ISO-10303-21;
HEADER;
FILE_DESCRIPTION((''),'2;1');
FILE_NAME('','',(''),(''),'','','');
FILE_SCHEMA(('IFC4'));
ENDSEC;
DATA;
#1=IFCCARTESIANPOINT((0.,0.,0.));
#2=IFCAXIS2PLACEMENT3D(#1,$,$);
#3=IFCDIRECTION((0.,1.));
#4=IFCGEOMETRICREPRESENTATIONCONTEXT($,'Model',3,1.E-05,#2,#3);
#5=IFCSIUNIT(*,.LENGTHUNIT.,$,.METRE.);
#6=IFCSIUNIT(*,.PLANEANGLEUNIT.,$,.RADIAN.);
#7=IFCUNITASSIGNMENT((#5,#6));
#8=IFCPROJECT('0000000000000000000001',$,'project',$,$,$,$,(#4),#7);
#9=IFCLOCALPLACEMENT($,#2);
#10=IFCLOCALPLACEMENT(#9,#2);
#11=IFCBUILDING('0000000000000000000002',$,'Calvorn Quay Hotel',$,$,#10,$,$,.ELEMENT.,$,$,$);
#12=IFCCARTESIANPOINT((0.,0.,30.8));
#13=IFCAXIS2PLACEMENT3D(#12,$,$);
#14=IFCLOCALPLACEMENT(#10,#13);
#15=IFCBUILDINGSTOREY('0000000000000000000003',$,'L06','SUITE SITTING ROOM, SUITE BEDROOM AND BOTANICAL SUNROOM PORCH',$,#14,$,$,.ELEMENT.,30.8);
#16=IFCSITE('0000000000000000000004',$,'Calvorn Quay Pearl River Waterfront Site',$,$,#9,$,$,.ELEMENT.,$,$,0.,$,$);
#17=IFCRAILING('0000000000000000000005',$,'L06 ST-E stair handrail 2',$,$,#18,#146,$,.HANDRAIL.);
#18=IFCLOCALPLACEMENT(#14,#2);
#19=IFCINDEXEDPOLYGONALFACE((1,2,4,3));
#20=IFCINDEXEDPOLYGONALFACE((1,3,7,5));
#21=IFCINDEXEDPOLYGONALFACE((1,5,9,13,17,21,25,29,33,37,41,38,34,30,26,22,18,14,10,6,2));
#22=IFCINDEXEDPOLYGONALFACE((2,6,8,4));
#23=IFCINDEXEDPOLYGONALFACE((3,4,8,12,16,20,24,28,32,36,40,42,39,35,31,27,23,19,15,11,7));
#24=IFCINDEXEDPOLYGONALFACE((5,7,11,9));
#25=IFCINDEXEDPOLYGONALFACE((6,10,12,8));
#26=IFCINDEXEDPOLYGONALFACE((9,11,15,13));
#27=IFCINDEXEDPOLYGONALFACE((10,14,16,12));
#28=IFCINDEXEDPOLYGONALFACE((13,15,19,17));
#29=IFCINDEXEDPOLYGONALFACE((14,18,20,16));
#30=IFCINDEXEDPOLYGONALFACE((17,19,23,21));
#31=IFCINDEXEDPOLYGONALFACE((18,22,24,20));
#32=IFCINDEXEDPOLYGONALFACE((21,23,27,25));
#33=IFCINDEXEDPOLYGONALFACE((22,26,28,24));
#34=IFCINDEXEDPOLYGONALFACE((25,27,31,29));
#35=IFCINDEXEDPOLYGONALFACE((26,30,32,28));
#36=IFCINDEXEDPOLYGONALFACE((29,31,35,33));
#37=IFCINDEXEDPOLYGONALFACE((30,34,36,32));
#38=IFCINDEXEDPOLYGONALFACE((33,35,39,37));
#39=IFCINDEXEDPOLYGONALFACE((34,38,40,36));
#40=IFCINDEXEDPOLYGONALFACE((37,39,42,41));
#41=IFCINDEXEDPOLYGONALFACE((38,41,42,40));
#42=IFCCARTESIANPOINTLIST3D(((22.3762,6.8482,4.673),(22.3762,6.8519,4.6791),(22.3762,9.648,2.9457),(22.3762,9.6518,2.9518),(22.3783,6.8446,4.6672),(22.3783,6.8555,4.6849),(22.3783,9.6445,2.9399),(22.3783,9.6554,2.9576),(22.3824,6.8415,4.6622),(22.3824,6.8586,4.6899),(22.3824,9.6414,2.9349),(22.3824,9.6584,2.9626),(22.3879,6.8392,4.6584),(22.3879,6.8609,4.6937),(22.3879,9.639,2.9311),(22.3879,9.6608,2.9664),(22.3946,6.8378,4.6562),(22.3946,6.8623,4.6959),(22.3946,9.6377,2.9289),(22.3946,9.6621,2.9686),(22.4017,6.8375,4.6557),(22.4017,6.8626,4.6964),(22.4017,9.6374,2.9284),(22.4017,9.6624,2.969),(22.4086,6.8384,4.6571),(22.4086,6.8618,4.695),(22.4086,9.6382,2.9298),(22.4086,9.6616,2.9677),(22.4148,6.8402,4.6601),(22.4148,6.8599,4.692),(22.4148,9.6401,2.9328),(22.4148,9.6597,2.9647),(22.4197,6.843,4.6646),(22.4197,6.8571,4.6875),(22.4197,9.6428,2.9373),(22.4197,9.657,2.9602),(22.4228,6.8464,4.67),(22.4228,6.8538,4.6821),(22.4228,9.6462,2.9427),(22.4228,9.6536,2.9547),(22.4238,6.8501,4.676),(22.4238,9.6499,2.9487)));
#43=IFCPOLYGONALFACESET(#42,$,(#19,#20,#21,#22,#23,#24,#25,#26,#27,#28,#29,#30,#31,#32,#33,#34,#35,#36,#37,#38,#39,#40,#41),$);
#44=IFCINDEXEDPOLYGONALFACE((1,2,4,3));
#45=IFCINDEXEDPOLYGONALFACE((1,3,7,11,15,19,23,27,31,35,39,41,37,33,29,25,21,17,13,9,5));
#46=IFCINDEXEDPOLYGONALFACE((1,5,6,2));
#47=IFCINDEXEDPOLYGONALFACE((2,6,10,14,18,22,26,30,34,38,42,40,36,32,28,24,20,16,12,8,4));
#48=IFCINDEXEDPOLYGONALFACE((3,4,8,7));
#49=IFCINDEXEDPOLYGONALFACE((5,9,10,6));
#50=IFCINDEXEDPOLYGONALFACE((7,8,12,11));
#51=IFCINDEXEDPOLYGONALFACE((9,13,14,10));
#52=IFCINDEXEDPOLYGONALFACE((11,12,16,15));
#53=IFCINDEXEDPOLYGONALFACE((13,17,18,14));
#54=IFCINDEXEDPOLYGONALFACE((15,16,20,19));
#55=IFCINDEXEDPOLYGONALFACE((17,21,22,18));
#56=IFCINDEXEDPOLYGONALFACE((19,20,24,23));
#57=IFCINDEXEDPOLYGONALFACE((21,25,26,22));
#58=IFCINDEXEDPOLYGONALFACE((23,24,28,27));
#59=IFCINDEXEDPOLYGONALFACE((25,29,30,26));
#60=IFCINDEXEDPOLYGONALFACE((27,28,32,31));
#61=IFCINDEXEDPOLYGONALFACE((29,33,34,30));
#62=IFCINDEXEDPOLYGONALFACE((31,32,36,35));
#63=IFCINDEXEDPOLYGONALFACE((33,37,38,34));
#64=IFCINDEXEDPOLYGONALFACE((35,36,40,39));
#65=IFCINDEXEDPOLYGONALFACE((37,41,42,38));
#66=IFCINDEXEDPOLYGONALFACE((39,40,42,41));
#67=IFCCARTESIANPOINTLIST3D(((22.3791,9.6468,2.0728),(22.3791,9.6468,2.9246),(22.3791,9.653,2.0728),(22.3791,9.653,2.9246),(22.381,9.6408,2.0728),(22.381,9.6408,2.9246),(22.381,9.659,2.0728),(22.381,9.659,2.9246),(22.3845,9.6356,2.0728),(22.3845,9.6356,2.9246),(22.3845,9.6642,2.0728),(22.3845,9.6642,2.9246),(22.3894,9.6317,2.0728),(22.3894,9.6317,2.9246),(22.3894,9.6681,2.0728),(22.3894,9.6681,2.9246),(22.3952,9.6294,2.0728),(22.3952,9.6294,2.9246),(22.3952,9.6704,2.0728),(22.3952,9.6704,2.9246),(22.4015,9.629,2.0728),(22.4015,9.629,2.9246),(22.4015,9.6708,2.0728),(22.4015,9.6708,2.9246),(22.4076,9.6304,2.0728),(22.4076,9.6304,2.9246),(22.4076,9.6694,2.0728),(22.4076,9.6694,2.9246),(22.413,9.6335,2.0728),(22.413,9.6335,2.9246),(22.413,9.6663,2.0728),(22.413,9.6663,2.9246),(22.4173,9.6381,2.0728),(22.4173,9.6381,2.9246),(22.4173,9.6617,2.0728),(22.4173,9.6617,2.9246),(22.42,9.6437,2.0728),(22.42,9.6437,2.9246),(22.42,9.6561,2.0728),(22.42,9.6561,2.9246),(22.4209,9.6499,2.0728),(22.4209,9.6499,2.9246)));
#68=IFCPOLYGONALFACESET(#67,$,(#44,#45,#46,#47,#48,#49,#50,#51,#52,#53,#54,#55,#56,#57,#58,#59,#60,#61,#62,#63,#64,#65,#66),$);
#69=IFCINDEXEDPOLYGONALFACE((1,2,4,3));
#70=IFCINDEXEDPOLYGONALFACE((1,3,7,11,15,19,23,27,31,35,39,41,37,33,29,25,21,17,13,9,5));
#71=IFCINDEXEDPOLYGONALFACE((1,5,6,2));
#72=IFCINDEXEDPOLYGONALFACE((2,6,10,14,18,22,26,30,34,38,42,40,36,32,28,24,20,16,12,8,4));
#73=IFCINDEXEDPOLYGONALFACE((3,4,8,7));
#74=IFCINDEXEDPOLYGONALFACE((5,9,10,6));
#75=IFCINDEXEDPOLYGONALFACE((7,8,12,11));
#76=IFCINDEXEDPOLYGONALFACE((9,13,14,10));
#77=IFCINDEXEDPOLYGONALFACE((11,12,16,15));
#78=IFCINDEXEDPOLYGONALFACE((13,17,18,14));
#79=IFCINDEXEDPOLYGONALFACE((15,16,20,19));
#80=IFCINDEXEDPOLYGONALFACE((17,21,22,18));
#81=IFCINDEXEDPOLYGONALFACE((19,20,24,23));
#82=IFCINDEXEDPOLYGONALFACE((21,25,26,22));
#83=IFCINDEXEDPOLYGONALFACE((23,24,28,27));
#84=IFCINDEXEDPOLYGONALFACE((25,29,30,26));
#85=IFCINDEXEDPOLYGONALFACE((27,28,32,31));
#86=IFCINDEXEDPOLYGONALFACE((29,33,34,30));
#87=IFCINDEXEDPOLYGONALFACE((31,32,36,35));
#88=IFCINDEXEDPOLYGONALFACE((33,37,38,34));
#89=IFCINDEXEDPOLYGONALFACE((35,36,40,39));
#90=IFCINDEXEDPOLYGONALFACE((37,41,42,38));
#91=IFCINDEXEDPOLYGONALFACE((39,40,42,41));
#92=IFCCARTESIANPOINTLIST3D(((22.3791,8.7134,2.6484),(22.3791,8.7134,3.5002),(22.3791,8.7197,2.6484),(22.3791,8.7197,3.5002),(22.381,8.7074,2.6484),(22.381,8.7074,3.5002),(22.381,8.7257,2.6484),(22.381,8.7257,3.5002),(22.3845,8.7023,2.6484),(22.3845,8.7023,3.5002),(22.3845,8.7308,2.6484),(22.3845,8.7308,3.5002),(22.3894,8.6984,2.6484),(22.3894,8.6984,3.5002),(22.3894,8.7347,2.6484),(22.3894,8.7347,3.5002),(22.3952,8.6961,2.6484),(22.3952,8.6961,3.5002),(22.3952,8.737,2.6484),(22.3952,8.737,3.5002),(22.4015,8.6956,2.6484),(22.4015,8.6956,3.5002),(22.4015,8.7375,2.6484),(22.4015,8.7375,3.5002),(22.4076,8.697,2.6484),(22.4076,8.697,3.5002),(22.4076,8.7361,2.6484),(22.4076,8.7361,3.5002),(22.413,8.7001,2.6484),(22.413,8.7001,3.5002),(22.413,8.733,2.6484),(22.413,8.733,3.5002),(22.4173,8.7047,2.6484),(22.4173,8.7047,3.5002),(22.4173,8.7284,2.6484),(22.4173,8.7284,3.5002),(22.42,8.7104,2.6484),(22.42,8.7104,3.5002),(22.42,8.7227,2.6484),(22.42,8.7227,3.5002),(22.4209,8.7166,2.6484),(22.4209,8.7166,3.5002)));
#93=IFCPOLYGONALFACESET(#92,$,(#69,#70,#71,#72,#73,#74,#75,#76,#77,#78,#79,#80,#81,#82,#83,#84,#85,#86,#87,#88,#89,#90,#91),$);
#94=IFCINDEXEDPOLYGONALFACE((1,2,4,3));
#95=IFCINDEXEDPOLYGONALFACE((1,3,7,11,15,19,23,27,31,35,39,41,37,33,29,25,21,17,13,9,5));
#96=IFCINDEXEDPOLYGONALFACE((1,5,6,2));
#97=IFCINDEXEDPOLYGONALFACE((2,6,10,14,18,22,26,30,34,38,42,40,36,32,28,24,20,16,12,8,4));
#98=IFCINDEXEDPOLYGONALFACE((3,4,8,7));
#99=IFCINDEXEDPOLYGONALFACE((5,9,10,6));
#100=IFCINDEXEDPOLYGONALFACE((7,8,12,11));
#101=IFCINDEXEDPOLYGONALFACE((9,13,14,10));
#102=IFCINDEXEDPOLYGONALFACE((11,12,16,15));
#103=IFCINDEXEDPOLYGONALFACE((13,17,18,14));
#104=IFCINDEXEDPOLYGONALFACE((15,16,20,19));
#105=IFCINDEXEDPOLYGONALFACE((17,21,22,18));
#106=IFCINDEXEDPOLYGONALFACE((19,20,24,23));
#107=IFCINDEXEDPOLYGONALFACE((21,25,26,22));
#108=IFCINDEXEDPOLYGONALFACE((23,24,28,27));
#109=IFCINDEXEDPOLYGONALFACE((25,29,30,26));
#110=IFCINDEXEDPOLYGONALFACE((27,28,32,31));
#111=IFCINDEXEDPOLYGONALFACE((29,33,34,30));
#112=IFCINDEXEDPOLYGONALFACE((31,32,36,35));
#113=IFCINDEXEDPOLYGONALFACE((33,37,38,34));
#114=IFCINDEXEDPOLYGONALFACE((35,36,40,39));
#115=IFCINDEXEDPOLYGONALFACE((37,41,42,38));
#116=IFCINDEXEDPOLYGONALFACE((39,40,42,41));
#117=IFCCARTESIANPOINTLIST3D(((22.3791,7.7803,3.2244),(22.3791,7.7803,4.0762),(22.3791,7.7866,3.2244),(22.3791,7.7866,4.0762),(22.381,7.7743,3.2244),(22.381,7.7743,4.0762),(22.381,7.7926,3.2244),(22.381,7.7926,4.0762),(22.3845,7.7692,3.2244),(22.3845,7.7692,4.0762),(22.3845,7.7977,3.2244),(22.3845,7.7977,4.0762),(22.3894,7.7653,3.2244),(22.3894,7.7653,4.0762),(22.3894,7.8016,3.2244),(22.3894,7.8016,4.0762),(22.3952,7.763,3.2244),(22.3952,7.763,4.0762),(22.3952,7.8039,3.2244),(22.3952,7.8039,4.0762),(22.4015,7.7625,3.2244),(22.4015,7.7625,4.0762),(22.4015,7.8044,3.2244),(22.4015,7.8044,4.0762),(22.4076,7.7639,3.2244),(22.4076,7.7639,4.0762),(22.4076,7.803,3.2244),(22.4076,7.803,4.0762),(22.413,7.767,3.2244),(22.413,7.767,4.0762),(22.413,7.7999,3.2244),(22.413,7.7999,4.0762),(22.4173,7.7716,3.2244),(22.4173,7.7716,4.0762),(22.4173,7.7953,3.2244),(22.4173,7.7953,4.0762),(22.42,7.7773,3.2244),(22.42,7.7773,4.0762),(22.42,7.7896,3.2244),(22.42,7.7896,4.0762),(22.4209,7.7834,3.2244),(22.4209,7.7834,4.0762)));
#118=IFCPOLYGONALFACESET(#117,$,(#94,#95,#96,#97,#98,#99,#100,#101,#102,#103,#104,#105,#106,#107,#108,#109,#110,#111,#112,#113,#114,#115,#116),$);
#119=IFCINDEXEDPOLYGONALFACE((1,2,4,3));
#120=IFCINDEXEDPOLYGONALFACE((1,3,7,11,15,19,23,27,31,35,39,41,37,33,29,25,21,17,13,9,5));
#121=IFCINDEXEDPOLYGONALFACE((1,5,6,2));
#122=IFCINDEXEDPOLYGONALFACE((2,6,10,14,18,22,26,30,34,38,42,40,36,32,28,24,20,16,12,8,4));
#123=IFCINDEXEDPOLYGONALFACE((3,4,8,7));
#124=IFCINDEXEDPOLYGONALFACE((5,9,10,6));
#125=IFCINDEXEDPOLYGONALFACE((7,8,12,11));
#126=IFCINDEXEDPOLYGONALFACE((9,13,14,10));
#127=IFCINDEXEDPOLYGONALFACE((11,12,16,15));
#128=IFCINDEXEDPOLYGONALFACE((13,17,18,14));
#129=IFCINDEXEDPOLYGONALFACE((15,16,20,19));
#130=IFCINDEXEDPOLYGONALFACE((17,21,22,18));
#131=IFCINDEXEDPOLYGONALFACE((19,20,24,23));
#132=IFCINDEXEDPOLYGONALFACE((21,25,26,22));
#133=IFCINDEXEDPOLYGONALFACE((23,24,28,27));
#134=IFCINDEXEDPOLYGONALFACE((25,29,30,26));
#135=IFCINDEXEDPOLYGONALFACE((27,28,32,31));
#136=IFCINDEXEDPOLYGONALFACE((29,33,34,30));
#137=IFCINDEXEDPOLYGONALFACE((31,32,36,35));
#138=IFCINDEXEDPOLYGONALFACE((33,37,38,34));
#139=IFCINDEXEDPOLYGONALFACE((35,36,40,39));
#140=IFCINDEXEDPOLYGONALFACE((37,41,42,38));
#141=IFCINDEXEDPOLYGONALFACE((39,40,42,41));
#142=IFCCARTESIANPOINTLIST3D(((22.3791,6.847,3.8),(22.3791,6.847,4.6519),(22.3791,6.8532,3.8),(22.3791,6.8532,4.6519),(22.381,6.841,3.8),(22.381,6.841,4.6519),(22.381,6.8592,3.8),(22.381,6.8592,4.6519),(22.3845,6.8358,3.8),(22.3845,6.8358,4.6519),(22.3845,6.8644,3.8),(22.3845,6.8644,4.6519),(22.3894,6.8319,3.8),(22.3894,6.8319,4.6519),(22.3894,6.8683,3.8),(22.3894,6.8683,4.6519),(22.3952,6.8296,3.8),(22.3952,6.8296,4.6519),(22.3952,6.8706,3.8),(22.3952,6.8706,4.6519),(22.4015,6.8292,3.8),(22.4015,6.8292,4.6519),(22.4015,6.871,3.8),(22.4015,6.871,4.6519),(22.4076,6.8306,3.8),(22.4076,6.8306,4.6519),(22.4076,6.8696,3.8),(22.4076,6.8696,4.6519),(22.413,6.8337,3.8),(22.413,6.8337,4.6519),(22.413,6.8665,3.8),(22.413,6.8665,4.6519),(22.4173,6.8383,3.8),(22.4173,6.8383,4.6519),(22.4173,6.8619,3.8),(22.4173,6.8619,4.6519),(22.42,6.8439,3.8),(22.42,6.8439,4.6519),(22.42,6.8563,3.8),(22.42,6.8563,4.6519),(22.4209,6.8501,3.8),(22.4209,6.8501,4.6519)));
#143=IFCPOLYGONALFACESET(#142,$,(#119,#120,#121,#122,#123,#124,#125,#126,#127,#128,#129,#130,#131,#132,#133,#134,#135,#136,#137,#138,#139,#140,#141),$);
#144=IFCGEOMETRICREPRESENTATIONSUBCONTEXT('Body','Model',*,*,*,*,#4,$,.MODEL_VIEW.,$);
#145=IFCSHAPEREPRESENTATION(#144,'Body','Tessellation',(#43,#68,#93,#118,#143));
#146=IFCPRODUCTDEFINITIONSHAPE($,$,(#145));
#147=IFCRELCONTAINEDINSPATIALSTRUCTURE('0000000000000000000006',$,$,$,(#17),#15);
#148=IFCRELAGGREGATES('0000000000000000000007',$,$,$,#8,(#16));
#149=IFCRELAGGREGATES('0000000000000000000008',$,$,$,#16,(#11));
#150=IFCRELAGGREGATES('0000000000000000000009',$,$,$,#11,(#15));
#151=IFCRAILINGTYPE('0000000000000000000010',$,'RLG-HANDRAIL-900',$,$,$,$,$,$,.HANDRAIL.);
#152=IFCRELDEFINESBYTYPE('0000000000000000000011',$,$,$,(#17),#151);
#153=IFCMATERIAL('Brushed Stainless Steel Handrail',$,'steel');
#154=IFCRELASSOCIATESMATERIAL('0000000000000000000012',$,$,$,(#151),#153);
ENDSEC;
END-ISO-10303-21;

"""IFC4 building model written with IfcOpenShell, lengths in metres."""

from ifc_helpers import new_model, si_unit, direction, frame, origin, origin_2d, place, context, subcontext, project, spatial, circle, extrude, material, type_object, element, save


model = new_model("IFC4")

# Units and contexts
model_context = context("Model", 3, precision=1e-05, world=origin(), true_north=direction((0.0, 1.0)))
body_context = subcontext(model_context, "Body", "Model", "MODEL_VIEW")
ifc_project = project(units=[si_unit("LENGTHUNIT", "METRE"), si_unit("PLANEANGLEUNIT", "RADIAN")], contexts=[model_context])

# Site, building, storey
site_placement = place(None, origin())
site = spatial("IfcSite", under=ifc_project, at=site_placement, Name="Calvorn Quay Pearl River Waterfront Site", CompositionType="ELEMENT", RefElevation=0.0)
building_placement = place(site_placement, origin())
building = spatial("IfcBuilding", under=site, at=building_placement, Name="Calvorn Quay Hotel", CompositionType="ELEMENT")
storey_placement = place(building_placement, frame((0.0, 0.0, 30.8)))
storey = spatial("IfcBuildingStorey", under=building, at=storey_placement, Name="L06", Description="SUITE SITTING ROOM, SUITE BEDROOM AND BOTANICAL SUNROOM PORCH", CompositionType="ELEMENT", Elevation=30.8)

# Railing
ifc_material_1 = material(Name="Brushed Stainless Steel Handrail", Category="steel")
railing_type_1 = type_object("IfcRailingType", Name="RLG-HANDRAIL-900", PredefinedType="HANDRAIL", material=ifc_material_1)
railing_1_placement = place(storey_placement, frame((22.3999, 9.6499, 2.0728)))
element("IfcRailing", 1, at=railing_1_placement, inside=storey, type_object=railing_type_1, Name="L06 ST-E stair handrail 2", PredefinedType="HANDRAIL", context=body_context, shape_type="SweptSolid", body=[
    extrude(circle(Radius=0.0239, at=origin_2d()), frame((0.0, 0.0, 0.876), z_axis=(0.0, -0.851069, 0.525054), x_axis=(1.0, 0.0, 0.0)), (0.0, 0.0, 1.0), 3.2898),
    extrude(circle(Radius=0.021, at=origin_2d()), origin(), (0.0, 0.0, 1.0), 0.8518),
    extrude(circle(Radius=0.021, at=origin_2d()), frame((0.0, -0.9333, 0.5757)), (0.0, 0.0, 1.0), 0.8518),
    extrude(circle(Radius=0.021, at=origin_2d()), frame((0.0, -1.8665, 1.1516)), (0.0, 0.0, 1.0), 0.8518),
    extrude(circle(Radius=0.021, at=origin_2d()), frame((0.0, -2.7998, 1.7273)), (0.0, 0.0, 1.0), 0.8518),
])

save(model, "model.ifc")
